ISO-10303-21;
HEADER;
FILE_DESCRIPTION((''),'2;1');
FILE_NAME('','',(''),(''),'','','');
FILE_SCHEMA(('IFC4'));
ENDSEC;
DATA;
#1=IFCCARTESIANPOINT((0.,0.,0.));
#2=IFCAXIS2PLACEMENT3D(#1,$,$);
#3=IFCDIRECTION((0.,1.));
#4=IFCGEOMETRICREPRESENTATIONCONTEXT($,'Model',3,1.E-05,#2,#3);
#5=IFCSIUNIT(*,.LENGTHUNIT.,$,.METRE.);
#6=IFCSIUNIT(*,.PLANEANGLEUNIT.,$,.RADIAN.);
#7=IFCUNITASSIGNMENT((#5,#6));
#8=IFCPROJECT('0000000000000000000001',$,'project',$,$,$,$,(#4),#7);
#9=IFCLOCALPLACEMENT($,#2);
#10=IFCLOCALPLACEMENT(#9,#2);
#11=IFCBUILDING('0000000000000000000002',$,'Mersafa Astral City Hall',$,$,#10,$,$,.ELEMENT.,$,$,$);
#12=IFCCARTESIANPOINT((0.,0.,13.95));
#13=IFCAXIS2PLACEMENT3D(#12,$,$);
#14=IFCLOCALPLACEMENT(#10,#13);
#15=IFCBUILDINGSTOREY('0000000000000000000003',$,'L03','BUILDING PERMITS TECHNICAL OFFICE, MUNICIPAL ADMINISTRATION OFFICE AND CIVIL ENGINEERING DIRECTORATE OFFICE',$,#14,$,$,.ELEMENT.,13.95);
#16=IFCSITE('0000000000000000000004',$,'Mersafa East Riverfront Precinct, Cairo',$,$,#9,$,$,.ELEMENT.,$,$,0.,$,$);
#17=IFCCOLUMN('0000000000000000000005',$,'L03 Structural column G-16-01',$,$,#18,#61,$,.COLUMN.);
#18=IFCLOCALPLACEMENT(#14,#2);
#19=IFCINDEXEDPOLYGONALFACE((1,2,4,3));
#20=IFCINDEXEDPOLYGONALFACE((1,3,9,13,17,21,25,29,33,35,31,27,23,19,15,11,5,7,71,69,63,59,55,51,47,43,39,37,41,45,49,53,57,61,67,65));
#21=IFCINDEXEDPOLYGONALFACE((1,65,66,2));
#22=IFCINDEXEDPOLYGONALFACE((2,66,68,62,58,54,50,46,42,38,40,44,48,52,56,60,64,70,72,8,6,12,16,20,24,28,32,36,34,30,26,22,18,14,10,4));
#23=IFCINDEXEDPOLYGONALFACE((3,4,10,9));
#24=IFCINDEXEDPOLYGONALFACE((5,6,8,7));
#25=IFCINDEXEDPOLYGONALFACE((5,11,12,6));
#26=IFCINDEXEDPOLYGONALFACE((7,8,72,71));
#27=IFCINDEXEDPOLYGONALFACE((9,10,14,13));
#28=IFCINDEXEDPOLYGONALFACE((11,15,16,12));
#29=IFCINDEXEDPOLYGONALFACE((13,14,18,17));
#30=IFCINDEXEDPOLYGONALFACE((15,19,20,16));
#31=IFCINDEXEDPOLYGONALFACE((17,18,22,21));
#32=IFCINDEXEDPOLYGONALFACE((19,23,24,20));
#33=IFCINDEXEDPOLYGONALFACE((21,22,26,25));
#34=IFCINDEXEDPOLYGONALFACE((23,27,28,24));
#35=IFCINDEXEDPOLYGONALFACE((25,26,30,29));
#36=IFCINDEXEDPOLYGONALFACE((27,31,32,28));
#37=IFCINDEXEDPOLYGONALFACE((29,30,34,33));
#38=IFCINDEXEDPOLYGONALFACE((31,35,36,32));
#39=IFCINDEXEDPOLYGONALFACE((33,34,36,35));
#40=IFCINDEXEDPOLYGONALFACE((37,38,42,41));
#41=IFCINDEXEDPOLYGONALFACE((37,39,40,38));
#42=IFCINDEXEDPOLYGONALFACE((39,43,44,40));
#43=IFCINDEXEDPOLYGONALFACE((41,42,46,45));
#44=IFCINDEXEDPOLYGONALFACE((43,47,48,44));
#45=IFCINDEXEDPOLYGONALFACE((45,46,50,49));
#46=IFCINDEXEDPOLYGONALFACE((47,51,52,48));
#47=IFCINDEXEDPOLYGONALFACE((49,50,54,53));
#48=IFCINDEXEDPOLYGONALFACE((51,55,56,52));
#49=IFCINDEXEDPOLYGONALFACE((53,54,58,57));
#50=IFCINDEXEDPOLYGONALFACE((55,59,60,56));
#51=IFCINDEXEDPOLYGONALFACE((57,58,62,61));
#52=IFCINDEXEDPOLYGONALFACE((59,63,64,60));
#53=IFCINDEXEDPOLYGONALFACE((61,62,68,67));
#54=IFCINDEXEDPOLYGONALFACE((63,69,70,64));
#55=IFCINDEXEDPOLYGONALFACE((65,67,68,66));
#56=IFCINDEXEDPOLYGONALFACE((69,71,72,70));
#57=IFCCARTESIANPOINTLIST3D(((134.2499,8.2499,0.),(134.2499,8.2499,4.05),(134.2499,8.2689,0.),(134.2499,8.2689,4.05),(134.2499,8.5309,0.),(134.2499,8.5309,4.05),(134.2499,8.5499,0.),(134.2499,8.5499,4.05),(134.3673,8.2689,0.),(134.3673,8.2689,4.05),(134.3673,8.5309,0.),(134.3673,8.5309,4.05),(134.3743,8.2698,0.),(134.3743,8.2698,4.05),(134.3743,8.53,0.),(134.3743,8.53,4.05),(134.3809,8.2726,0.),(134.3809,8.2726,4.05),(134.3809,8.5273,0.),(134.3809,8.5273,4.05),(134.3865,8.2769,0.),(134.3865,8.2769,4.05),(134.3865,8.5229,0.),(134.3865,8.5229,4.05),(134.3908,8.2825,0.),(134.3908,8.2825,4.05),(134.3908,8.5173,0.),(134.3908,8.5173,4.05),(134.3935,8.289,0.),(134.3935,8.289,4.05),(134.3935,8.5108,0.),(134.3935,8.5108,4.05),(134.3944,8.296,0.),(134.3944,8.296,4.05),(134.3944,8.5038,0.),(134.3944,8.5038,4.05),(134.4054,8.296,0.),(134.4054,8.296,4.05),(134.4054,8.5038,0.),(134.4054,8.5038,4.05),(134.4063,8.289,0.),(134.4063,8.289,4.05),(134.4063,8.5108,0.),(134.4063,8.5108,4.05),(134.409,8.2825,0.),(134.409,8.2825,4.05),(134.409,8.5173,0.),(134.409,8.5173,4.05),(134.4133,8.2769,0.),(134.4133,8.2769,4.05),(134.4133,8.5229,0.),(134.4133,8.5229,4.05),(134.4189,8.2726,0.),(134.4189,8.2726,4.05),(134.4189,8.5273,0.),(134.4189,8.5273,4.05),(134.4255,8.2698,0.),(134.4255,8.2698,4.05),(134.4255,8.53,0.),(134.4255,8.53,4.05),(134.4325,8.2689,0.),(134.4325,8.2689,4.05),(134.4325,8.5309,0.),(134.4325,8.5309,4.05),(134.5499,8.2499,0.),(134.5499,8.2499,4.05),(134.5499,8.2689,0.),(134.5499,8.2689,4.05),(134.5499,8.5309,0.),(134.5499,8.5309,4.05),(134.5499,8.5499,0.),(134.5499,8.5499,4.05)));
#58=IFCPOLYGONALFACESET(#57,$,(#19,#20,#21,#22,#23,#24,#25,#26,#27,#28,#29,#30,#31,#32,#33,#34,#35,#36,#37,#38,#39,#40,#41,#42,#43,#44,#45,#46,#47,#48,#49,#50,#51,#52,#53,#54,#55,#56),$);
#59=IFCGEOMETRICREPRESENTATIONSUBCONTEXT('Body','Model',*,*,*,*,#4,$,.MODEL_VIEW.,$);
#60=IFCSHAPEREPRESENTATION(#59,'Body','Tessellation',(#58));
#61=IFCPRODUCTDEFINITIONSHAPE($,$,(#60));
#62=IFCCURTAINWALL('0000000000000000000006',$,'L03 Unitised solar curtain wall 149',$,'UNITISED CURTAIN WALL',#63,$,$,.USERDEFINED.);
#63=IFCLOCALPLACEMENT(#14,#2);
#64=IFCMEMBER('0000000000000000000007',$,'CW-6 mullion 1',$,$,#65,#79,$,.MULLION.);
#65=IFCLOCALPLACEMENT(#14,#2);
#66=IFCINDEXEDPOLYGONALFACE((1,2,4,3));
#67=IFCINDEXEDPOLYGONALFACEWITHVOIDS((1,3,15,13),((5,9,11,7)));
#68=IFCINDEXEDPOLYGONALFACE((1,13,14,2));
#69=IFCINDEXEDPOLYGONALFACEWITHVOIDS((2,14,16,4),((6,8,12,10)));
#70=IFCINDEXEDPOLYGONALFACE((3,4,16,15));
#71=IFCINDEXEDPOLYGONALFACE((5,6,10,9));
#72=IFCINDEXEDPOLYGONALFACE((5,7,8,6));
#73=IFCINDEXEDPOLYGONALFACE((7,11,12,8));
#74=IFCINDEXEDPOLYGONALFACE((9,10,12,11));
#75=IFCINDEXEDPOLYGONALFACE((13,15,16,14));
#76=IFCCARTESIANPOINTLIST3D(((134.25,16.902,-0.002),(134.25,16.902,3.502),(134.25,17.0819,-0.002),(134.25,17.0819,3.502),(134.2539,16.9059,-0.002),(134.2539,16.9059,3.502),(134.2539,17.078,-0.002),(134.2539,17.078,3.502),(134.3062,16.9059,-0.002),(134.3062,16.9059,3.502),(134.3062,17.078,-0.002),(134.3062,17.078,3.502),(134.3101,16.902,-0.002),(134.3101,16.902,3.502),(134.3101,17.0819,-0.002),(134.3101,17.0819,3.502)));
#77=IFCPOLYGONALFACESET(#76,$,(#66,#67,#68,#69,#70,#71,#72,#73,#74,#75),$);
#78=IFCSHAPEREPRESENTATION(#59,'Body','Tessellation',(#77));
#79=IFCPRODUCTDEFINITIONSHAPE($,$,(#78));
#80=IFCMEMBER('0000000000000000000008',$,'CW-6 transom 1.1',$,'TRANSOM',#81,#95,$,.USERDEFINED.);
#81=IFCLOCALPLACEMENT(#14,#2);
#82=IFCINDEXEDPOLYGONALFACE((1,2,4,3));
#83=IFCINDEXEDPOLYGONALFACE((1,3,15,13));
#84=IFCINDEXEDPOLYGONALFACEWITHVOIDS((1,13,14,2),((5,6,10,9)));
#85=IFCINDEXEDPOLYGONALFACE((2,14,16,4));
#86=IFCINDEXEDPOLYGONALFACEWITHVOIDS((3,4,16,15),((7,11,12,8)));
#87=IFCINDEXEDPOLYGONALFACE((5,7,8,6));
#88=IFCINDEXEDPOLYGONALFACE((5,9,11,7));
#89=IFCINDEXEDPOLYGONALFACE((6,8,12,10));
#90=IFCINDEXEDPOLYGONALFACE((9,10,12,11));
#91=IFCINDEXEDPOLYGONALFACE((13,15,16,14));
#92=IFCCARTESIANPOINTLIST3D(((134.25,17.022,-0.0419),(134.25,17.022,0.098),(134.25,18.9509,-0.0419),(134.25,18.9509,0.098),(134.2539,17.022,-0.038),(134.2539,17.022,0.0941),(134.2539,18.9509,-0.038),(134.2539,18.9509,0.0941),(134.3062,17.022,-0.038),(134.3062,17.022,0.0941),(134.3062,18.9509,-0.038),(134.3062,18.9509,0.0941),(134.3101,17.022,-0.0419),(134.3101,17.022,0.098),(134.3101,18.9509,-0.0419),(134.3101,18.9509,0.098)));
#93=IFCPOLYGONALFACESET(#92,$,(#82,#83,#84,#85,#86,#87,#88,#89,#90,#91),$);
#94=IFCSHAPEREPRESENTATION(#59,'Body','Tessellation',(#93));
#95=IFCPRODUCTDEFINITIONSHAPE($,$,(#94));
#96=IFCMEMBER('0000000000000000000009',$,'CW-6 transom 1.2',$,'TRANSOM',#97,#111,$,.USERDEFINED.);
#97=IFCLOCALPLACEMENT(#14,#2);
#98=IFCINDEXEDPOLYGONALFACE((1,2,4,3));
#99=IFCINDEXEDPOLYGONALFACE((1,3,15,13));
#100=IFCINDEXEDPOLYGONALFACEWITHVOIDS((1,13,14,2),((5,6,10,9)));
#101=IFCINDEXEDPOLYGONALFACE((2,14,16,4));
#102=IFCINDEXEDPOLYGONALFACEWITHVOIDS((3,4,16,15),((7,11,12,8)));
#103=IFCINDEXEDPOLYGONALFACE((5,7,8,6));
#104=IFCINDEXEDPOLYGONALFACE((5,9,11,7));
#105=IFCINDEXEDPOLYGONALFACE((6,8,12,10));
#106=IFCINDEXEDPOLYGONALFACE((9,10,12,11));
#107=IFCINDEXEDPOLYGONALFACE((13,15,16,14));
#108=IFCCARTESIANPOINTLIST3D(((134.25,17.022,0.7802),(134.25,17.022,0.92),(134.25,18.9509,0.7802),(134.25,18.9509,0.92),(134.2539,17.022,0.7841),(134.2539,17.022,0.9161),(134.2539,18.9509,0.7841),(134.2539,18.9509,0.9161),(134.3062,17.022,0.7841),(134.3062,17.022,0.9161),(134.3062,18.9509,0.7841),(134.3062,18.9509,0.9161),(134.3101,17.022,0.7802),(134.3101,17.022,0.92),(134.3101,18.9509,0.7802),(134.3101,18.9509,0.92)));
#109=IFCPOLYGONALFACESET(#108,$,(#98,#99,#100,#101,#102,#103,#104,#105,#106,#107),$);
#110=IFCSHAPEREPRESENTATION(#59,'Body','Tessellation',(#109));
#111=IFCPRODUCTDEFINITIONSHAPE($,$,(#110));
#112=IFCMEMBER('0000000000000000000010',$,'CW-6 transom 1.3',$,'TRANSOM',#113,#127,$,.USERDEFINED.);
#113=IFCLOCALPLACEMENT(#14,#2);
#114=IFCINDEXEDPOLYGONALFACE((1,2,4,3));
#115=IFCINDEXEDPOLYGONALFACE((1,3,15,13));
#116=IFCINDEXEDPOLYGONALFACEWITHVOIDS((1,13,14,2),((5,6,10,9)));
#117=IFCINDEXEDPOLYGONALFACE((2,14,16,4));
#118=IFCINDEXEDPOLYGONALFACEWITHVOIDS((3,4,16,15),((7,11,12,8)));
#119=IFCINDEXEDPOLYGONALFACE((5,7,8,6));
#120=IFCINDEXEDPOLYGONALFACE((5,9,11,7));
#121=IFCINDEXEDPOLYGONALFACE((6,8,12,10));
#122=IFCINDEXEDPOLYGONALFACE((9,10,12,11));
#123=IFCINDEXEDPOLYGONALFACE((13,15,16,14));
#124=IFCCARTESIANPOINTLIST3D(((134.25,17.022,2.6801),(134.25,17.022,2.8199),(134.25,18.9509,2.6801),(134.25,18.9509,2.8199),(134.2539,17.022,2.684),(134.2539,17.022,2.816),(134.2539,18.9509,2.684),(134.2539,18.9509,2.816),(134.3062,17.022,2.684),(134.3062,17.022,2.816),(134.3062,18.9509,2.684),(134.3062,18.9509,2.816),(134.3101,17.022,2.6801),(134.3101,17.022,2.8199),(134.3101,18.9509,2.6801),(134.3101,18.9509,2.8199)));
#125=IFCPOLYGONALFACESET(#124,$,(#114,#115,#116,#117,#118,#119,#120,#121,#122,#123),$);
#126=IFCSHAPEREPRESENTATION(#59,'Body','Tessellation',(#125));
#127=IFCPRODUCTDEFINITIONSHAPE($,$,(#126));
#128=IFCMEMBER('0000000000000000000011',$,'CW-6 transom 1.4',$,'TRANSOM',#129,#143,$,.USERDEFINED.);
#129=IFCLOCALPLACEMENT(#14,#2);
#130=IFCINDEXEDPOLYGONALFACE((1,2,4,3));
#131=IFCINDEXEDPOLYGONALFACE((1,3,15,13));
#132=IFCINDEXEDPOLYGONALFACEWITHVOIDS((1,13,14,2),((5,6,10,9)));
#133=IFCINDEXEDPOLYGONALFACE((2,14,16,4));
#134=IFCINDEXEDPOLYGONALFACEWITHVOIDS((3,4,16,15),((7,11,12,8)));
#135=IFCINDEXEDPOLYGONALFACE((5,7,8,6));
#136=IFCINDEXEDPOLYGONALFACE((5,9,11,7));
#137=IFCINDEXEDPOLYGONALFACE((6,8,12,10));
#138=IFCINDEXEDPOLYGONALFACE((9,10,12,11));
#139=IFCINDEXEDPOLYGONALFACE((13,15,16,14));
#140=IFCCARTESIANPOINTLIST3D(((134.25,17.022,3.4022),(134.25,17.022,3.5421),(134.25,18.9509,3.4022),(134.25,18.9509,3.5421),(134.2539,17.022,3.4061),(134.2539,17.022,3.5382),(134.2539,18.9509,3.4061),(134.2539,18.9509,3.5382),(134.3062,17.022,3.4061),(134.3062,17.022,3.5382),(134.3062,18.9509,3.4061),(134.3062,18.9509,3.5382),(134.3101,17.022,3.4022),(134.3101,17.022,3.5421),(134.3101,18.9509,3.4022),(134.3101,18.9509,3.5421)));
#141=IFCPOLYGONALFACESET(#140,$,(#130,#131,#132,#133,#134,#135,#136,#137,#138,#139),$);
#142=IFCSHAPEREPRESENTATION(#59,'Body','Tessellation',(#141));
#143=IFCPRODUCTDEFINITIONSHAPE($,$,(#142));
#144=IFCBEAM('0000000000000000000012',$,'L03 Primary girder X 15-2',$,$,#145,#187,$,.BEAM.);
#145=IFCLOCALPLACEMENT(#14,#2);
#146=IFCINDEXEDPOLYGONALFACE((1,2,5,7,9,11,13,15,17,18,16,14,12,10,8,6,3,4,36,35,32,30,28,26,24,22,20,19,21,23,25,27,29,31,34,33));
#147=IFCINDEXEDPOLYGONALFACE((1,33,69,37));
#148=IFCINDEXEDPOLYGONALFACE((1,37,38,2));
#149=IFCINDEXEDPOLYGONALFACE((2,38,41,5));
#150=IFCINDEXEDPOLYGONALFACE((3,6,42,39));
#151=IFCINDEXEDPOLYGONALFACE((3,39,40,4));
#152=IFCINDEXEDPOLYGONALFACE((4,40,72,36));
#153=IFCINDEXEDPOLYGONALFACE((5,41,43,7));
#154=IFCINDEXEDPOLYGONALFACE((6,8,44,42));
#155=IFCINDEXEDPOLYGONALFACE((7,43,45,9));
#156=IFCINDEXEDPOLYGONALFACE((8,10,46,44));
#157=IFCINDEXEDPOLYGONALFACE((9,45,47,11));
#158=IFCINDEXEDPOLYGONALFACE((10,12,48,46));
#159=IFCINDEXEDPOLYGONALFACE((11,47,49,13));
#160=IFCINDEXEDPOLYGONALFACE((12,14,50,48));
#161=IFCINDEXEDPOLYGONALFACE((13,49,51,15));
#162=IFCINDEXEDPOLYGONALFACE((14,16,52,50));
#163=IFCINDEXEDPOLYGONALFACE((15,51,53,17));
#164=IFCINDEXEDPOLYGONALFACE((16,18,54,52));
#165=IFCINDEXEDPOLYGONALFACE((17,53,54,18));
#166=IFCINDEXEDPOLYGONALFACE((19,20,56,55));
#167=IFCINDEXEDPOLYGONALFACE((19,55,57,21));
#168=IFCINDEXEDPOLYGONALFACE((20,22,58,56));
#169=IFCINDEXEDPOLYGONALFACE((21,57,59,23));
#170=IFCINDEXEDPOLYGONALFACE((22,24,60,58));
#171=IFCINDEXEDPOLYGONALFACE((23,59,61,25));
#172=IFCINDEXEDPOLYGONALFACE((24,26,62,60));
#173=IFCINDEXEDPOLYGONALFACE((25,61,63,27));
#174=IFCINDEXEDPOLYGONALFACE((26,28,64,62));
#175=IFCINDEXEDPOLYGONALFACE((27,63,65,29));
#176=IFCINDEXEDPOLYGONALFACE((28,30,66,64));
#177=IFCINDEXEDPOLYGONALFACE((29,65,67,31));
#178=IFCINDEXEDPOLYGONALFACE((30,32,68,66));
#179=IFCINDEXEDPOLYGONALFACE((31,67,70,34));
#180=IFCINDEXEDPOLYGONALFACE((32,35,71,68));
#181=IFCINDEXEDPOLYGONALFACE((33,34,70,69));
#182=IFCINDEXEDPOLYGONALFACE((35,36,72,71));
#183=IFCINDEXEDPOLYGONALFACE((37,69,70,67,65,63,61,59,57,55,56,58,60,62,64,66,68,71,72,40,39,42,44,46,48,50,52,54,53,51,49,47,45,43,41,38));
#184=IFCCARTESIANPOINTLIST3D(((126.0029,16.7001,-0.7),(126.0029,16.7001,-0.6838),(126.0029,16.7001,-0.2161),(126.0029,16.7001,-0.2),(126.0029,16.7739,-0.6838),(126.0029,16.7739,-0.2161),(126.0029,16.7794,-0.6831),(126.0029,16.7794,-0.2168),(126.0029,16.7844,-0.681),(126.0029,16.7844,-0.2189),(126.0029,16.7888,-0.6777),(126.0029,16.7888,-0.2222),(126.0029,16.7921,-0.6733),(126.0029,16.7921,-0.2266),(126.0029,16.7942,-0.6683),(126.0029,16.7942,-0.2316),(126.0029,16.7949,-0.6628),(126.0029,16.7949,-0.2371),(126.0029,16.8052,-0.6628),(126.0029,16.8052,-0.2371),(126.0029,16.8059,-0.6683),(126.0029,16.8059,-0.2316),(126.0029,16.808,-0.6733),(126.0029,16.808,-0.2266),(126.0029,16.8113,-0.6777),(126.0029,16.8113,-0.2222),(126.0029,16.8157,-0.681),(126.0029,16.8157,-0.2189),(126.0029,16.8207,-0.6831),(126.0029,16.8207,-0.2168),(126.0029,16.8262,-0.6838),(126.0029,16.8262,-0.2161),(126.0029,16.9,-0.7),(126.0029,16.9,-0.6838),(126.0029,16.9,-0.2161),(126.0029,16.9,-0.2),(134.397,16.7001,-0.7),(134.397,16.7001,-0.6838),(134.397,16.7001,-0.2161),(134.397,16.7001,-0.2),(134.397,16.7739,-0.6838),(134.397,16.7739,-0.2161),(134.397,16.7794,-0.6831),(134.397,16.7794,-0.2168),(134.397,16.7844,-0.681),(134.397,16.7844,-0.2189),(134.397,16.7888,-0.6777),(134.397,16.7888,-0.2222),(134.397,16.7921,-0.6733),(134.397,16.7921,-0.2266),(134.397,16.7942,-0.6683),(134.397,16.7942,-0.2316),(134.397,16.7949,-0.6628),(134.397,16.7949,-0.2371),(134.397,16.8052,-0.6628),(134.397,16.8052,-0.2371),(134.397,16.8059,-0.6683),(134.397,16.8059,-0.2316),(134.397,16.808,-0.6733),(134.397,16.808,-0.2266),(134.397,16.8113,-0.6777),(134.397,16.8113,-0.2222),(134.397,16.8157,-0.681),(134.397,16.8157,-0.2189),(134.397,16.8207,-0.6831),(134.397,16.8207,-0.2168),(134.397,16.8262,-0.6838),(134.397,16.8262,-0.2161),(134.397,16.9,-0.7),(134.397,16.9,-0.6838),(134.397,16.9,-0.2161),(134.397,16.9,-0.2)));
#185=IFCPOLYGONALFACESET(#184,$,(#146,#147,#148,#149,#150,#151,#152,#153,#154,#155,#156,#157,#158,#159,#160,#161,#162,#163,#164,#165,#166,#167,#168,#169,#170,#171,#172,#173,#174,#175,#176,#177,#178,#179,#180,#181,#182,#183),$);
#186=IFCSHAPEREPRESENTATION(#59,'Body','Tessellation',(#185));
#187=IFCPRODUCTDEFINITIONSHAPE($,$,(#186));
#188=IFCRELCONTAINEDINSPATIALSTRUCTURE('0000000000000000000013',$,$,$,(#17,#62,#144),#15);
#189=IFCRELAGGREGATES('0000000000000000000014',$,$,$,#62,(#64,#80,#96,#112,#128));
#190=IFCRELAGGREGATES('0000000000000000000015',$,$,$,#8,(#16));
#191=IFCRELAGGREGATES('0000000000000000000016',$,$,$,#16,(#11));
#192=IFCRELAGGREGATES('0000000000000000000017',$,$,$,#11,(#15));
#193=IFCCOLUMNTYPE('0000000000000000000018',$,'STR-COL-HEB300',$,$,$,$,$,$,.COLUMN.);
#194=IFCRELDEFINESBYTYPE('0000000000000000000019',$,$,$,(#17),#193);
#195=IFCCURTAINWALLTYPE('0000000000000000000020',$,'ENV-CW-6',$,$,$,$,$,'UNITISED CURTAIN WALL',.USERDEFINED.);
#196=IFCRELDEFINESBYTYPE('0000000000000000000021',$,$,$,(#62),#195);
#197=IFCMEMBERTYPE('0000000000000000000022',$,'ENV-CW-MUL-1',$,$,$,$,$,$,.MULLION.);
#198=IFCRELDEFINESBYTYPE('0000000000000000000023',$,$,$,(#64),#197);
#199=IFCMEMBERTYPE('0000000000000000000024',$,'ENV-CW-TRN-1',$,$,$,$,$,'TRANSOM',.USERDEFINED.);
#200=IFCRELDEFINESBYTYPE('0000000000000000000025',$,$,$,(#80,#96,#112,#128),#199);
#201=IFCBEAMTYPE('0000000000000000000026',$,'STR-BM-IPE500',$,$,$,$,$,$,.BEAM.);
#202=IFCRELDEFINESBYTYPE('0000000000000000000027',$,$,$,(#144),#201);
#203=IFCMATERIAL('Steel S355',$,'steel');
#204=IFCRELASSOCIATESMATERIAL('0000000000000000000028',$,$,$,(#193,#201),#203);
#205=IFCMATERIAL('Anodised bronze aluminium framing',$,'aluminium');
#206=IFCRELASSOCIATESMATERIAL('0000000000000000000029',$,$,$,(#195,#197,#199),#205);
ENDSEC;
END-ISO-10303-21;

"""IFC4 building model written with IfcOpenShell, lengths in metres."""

from ifc_helpers import new_model, si_unit, direction, frame, origin, origin_2d, place, context, subcontext, project, spatial, hollow_rectangle, i_section, extrude, material, material_profile, profile_set, type_object, element, aggregate, save


model = new_model("IFC4")

# Units and contexts
model_context = context("Model", 3, precision=1e-05, world=origin(), true_north=direction((0.0, 1.0)))
body_context = subcontext(model_context, "Body", "Model", "MODEL_VIEW")
ifc_project = project(units=[si_unit("LENGTHUNIT", "METRE"), si_unit("PLANEANGLEUNIT", "RADIAN")], contexts=[model_context])

# Site, building, storey
site_placement = place(None, origin())
site = spatial("IfcSite", under=ifc_project, at=site_placement, Name="Mersafa East Riverfront Precinct, Cairo", CompositionType="ELEMENT", RefElevation=0.0)
building_placement = place(site_placement, origin())
building = spatial("IfcBuilding", under=site, at=building_placement, Name="Mersafa Astral City Hall", CompositionType="ELEMENT")
storey_placement = place(building_placement, frame((0.0, 0.0, 13.95)))
storey = spatial("IfcBuildingStorey", under=building, at=storey_placement, Name="L03", Description="BUILDING PERMITS TECHNICAL OFFICE, MUNICIPAL ADMINISTRATION OFFICE AND CIVIL ENGINEERING DIRECTORATE OFFICE", CompositionType="ELEMENT", Elevation=13.95)

# Column
ifc_material_1 = material(Name="Steel S355", Category="steel")
ifc_material_profile_1 = material_profile(ifc_material_1, i_section(OverallWidth=0.3, OverallDepth=0.3, WebThickness=0.011, FlangeThickness=0.019, FilletRadius=0.0271, at=origin_2d()), Name="HEB 300")
ifc_profile_set_1 = profile_set([ifc_material_profile_1], Name="Steel S355")
column_type = type_object("IfcColumnType", Name="STR-COL-HEB300", PredefinedType="COLUMN", material=ifc_profile_set_1)
column_placement = place(storey_placement, frame((134.3999, 8.3999, 0.0), z_axis=(0.0, 0.0, 1.0), x_axis=(1.0, 0.0, 0.0)))
element("IfcColumn", 1, at=column_placement, inside=storey, type_object=column_type, Name="L03 Structural column G-16-01", PredefinedType="COLUMN", context=body_context, shape_type="SweptSolid", body=[
    extrude(i_section(OverallWidth=0.3, OverallDepth=0.3, WebThickness=0.011, FlangeThickness=0.019, FilletRadius=0.0271, at=origin_2d()), origin(), (0.0, 0.0, 1.0), 4.05),
])

# Curtain wall, members
ifc_material_2 = material(Name="Anodised bronze aluminium framing", Category="aluminium")
curtain_wall_type = type_object("IfcCurtainWallType", Name="ENV-CW-6", ElementType="UNITISED CURTAIN WALL", PredefinedType="USERDEFINED", material=ifc_material_2)
curtain_wall_placement = place(storey_placement, origin())
curtain_wall = element("IfcCurtainWall", 2, at=curtain_wall_placement, inside=storey, type_object=curtain_wall_type, Name="L03 Unitised solar curtain wall 149", ObjectType="UNITISED CURTAIN WALL", PredefinedType="USERDEFINED")
ifc_material_profile_2 = material_profile(ifc_material_2, hollow_rectangle(XDim=0.0601, YDim=0.1799, WallThickness=0.0039, at=origin_2d()), Name="RHS 60x180x4")
ifc_profile_set_2 = profile_set([ifc_material_profile_2], Name="Anodised bronze aluminium framing")
member_type_1 = type_object("IfcMemberType", Name="ENV-CW-MUL-1", PredefinedType="MULLION", material=ifc_profile_set_2)
member_1_placement = place(storey_placement, frame((134.28, 16.9919, -0.002), z_axis=(0.0, 0.0, 1.0), x_axis=(-1.0, 0.0, 0.0)))
member_1 = element("IfcMember", 3, at=member_1_placement, type_object=member_type_1, Name="CW-6 mullion 1", PredefinedType="MULLION", context=body_context, shape_type="SweptSolid", body=[
    extrude(hollow_rectangle(XDim=0.0601, YDim=0.1799, WallThickness=0.0039, at=origin_2d()), origin(), (0.0, 0.0, 1.0), 3.5039),
])
ifc_material_profile_3 = material_profile(ifc_material_2, hollow_rectangle(XDim=0.0601, YDim=0.1399, WallThickness=0.0039, at=origin_2d()), Name="RHS 60x140x4")
ifc_profile_set_3 = profile_set([ifc_material_profile_3], Name="Anodised bronze aluminium framing")
member_type_2 = type_object("IfcMemberType", Name="ENV-CW-TRN-1", ElementType="TRANSOM", PredefinedType="USERDEFINED", material=ifc_profile_set_3)
member_2_placement = place(storey_placement, frame((134.28, 17.022, 0.0281), z_axis=(0.0, 1.0, 0.0), x_axis=(-1.0, 0.0, 0.0)))
member_2 = element("IfcMember", 4, at=member_2_placement, type_object=member_type_2, Name="CW-6 transom 1.1", ObjectType="TRANSOM", PredefinedType="USERDEFINED", context=body_context, shape_type="SweptSolid", body=[
    extrude(hollow_rectangle(XDim=0.0601, YDim=0.1399, WallThickness=0.0039, at=origin_2d()), origin(), (0.0, 0.0, 1.0), 1.929),
])
member_3_placement = place(storey_placement, frame((134.28, 17.022, 0.8501), z_axis=(0.0, 1.0, 0.0), x_axis=(-1.0, 0.0, 0.0)))
member_3 = element("IfcMember", 5, at=member_3_placement, type_object=member_type_2, Name="CW-6 transom 1.2", ObjectType="TRANSOM", PredefinedType="USERDEFINED", context=body_context, shape_type="SweptSolid", body=[
    extrude(hollow_rectangle(XDim=0.0601, YDim=0.1399, WallThickness=0.0039, at=origin_2d()), origin(), (0.0, 0.0, 1.0), 1.929),
])
member_4_placement = place(storey_placement, frame((134.28, 17.022, 2.75), z_axis=(0.0, 1.0, 0.0), x_axis=(-1.0, 0.0, 0.0)))
member_4 = element("IfcMember", 6, at=member_4_placement, type_object=member_type_2, Name="CW-6 transom 1.3", ObjectType="TRANSOM", PredefinedType="USERDEFINED", context=body_context, shape_type="SweptSolid", body=[
    extrude(hollow_rectangle(XDim=0.0601, YDim=0.1399, WallThickness=0.0039, at=origin_2d()), origin(), (0.0, 0.0, 1.0), 1.929),
])
member_5_placement = place(storey_placement, frame((134.28, 17.022, 3.4722), z_axis=(0.0, 1.0, 0.0), x_axis=(-1.0, 0.0, 0.0)))
member_5 = element("IfcMember", 7, at=member_5_placement, type_object=member_type_2, Name="CW-6 transom 1.4", ObjectType="TRANSOM", PredefinedType="USERDEFINED", context=body_context, shape_type="SweptSolid", body=[
    extrude(hollow_rectangle(XDim=0.0601, YDim=0.1399, WallThickness=0.0039, at=origin_2d()), origin(), (0.0, 0.0, 1.0), 1.929),
])

# Beam
ifc_material_profile_4 = material_profile(ifc_material_1, i_section(OverallWidth=0.2, OverallDepth=0.5, WebThickness=0.0103, FlangeThickness=0.0161, FilletRadius=0.021, at=origin_2d()), Name="IPE 500")
ifc_profile_set_4 = profile_set([ifc_material_profile_4], Name="Steel S355")
beam_type_1 = type_object("IfcBeamType", Name="STR-BM-IPE500", PredefinedType="BEAM", material=ifc_profile_set_4)
beam_1_placement = place(storey_placement, frame((126.0029, 16.8, -0.45), z_axis=(1.0, 0.0, 0.0), x_axis=(0.0, 1.0, 0.0)))
element("IfcBeam", 8, at=beam_1_placement, inside=storey, type_object=beam_type_1, Name="L03 Primary girder X 15-2", PredefinedType="BEAM", context=body_context, shape_type="SweptSolid", body=[
    extrude(i_section(OverallWidth=0.2, OverallDepth=0.5, WebThickness=0.0103, FlangeThickness=0.0161, FilletRadius=0.021, at=origin_2d()), origin(), (0.0, 0.0, 1.0), 8.394),
])

aggregate(curtain_wall, [member_1, member_2, member_3, member_4, member_5])

save(model, "model.ifc")
